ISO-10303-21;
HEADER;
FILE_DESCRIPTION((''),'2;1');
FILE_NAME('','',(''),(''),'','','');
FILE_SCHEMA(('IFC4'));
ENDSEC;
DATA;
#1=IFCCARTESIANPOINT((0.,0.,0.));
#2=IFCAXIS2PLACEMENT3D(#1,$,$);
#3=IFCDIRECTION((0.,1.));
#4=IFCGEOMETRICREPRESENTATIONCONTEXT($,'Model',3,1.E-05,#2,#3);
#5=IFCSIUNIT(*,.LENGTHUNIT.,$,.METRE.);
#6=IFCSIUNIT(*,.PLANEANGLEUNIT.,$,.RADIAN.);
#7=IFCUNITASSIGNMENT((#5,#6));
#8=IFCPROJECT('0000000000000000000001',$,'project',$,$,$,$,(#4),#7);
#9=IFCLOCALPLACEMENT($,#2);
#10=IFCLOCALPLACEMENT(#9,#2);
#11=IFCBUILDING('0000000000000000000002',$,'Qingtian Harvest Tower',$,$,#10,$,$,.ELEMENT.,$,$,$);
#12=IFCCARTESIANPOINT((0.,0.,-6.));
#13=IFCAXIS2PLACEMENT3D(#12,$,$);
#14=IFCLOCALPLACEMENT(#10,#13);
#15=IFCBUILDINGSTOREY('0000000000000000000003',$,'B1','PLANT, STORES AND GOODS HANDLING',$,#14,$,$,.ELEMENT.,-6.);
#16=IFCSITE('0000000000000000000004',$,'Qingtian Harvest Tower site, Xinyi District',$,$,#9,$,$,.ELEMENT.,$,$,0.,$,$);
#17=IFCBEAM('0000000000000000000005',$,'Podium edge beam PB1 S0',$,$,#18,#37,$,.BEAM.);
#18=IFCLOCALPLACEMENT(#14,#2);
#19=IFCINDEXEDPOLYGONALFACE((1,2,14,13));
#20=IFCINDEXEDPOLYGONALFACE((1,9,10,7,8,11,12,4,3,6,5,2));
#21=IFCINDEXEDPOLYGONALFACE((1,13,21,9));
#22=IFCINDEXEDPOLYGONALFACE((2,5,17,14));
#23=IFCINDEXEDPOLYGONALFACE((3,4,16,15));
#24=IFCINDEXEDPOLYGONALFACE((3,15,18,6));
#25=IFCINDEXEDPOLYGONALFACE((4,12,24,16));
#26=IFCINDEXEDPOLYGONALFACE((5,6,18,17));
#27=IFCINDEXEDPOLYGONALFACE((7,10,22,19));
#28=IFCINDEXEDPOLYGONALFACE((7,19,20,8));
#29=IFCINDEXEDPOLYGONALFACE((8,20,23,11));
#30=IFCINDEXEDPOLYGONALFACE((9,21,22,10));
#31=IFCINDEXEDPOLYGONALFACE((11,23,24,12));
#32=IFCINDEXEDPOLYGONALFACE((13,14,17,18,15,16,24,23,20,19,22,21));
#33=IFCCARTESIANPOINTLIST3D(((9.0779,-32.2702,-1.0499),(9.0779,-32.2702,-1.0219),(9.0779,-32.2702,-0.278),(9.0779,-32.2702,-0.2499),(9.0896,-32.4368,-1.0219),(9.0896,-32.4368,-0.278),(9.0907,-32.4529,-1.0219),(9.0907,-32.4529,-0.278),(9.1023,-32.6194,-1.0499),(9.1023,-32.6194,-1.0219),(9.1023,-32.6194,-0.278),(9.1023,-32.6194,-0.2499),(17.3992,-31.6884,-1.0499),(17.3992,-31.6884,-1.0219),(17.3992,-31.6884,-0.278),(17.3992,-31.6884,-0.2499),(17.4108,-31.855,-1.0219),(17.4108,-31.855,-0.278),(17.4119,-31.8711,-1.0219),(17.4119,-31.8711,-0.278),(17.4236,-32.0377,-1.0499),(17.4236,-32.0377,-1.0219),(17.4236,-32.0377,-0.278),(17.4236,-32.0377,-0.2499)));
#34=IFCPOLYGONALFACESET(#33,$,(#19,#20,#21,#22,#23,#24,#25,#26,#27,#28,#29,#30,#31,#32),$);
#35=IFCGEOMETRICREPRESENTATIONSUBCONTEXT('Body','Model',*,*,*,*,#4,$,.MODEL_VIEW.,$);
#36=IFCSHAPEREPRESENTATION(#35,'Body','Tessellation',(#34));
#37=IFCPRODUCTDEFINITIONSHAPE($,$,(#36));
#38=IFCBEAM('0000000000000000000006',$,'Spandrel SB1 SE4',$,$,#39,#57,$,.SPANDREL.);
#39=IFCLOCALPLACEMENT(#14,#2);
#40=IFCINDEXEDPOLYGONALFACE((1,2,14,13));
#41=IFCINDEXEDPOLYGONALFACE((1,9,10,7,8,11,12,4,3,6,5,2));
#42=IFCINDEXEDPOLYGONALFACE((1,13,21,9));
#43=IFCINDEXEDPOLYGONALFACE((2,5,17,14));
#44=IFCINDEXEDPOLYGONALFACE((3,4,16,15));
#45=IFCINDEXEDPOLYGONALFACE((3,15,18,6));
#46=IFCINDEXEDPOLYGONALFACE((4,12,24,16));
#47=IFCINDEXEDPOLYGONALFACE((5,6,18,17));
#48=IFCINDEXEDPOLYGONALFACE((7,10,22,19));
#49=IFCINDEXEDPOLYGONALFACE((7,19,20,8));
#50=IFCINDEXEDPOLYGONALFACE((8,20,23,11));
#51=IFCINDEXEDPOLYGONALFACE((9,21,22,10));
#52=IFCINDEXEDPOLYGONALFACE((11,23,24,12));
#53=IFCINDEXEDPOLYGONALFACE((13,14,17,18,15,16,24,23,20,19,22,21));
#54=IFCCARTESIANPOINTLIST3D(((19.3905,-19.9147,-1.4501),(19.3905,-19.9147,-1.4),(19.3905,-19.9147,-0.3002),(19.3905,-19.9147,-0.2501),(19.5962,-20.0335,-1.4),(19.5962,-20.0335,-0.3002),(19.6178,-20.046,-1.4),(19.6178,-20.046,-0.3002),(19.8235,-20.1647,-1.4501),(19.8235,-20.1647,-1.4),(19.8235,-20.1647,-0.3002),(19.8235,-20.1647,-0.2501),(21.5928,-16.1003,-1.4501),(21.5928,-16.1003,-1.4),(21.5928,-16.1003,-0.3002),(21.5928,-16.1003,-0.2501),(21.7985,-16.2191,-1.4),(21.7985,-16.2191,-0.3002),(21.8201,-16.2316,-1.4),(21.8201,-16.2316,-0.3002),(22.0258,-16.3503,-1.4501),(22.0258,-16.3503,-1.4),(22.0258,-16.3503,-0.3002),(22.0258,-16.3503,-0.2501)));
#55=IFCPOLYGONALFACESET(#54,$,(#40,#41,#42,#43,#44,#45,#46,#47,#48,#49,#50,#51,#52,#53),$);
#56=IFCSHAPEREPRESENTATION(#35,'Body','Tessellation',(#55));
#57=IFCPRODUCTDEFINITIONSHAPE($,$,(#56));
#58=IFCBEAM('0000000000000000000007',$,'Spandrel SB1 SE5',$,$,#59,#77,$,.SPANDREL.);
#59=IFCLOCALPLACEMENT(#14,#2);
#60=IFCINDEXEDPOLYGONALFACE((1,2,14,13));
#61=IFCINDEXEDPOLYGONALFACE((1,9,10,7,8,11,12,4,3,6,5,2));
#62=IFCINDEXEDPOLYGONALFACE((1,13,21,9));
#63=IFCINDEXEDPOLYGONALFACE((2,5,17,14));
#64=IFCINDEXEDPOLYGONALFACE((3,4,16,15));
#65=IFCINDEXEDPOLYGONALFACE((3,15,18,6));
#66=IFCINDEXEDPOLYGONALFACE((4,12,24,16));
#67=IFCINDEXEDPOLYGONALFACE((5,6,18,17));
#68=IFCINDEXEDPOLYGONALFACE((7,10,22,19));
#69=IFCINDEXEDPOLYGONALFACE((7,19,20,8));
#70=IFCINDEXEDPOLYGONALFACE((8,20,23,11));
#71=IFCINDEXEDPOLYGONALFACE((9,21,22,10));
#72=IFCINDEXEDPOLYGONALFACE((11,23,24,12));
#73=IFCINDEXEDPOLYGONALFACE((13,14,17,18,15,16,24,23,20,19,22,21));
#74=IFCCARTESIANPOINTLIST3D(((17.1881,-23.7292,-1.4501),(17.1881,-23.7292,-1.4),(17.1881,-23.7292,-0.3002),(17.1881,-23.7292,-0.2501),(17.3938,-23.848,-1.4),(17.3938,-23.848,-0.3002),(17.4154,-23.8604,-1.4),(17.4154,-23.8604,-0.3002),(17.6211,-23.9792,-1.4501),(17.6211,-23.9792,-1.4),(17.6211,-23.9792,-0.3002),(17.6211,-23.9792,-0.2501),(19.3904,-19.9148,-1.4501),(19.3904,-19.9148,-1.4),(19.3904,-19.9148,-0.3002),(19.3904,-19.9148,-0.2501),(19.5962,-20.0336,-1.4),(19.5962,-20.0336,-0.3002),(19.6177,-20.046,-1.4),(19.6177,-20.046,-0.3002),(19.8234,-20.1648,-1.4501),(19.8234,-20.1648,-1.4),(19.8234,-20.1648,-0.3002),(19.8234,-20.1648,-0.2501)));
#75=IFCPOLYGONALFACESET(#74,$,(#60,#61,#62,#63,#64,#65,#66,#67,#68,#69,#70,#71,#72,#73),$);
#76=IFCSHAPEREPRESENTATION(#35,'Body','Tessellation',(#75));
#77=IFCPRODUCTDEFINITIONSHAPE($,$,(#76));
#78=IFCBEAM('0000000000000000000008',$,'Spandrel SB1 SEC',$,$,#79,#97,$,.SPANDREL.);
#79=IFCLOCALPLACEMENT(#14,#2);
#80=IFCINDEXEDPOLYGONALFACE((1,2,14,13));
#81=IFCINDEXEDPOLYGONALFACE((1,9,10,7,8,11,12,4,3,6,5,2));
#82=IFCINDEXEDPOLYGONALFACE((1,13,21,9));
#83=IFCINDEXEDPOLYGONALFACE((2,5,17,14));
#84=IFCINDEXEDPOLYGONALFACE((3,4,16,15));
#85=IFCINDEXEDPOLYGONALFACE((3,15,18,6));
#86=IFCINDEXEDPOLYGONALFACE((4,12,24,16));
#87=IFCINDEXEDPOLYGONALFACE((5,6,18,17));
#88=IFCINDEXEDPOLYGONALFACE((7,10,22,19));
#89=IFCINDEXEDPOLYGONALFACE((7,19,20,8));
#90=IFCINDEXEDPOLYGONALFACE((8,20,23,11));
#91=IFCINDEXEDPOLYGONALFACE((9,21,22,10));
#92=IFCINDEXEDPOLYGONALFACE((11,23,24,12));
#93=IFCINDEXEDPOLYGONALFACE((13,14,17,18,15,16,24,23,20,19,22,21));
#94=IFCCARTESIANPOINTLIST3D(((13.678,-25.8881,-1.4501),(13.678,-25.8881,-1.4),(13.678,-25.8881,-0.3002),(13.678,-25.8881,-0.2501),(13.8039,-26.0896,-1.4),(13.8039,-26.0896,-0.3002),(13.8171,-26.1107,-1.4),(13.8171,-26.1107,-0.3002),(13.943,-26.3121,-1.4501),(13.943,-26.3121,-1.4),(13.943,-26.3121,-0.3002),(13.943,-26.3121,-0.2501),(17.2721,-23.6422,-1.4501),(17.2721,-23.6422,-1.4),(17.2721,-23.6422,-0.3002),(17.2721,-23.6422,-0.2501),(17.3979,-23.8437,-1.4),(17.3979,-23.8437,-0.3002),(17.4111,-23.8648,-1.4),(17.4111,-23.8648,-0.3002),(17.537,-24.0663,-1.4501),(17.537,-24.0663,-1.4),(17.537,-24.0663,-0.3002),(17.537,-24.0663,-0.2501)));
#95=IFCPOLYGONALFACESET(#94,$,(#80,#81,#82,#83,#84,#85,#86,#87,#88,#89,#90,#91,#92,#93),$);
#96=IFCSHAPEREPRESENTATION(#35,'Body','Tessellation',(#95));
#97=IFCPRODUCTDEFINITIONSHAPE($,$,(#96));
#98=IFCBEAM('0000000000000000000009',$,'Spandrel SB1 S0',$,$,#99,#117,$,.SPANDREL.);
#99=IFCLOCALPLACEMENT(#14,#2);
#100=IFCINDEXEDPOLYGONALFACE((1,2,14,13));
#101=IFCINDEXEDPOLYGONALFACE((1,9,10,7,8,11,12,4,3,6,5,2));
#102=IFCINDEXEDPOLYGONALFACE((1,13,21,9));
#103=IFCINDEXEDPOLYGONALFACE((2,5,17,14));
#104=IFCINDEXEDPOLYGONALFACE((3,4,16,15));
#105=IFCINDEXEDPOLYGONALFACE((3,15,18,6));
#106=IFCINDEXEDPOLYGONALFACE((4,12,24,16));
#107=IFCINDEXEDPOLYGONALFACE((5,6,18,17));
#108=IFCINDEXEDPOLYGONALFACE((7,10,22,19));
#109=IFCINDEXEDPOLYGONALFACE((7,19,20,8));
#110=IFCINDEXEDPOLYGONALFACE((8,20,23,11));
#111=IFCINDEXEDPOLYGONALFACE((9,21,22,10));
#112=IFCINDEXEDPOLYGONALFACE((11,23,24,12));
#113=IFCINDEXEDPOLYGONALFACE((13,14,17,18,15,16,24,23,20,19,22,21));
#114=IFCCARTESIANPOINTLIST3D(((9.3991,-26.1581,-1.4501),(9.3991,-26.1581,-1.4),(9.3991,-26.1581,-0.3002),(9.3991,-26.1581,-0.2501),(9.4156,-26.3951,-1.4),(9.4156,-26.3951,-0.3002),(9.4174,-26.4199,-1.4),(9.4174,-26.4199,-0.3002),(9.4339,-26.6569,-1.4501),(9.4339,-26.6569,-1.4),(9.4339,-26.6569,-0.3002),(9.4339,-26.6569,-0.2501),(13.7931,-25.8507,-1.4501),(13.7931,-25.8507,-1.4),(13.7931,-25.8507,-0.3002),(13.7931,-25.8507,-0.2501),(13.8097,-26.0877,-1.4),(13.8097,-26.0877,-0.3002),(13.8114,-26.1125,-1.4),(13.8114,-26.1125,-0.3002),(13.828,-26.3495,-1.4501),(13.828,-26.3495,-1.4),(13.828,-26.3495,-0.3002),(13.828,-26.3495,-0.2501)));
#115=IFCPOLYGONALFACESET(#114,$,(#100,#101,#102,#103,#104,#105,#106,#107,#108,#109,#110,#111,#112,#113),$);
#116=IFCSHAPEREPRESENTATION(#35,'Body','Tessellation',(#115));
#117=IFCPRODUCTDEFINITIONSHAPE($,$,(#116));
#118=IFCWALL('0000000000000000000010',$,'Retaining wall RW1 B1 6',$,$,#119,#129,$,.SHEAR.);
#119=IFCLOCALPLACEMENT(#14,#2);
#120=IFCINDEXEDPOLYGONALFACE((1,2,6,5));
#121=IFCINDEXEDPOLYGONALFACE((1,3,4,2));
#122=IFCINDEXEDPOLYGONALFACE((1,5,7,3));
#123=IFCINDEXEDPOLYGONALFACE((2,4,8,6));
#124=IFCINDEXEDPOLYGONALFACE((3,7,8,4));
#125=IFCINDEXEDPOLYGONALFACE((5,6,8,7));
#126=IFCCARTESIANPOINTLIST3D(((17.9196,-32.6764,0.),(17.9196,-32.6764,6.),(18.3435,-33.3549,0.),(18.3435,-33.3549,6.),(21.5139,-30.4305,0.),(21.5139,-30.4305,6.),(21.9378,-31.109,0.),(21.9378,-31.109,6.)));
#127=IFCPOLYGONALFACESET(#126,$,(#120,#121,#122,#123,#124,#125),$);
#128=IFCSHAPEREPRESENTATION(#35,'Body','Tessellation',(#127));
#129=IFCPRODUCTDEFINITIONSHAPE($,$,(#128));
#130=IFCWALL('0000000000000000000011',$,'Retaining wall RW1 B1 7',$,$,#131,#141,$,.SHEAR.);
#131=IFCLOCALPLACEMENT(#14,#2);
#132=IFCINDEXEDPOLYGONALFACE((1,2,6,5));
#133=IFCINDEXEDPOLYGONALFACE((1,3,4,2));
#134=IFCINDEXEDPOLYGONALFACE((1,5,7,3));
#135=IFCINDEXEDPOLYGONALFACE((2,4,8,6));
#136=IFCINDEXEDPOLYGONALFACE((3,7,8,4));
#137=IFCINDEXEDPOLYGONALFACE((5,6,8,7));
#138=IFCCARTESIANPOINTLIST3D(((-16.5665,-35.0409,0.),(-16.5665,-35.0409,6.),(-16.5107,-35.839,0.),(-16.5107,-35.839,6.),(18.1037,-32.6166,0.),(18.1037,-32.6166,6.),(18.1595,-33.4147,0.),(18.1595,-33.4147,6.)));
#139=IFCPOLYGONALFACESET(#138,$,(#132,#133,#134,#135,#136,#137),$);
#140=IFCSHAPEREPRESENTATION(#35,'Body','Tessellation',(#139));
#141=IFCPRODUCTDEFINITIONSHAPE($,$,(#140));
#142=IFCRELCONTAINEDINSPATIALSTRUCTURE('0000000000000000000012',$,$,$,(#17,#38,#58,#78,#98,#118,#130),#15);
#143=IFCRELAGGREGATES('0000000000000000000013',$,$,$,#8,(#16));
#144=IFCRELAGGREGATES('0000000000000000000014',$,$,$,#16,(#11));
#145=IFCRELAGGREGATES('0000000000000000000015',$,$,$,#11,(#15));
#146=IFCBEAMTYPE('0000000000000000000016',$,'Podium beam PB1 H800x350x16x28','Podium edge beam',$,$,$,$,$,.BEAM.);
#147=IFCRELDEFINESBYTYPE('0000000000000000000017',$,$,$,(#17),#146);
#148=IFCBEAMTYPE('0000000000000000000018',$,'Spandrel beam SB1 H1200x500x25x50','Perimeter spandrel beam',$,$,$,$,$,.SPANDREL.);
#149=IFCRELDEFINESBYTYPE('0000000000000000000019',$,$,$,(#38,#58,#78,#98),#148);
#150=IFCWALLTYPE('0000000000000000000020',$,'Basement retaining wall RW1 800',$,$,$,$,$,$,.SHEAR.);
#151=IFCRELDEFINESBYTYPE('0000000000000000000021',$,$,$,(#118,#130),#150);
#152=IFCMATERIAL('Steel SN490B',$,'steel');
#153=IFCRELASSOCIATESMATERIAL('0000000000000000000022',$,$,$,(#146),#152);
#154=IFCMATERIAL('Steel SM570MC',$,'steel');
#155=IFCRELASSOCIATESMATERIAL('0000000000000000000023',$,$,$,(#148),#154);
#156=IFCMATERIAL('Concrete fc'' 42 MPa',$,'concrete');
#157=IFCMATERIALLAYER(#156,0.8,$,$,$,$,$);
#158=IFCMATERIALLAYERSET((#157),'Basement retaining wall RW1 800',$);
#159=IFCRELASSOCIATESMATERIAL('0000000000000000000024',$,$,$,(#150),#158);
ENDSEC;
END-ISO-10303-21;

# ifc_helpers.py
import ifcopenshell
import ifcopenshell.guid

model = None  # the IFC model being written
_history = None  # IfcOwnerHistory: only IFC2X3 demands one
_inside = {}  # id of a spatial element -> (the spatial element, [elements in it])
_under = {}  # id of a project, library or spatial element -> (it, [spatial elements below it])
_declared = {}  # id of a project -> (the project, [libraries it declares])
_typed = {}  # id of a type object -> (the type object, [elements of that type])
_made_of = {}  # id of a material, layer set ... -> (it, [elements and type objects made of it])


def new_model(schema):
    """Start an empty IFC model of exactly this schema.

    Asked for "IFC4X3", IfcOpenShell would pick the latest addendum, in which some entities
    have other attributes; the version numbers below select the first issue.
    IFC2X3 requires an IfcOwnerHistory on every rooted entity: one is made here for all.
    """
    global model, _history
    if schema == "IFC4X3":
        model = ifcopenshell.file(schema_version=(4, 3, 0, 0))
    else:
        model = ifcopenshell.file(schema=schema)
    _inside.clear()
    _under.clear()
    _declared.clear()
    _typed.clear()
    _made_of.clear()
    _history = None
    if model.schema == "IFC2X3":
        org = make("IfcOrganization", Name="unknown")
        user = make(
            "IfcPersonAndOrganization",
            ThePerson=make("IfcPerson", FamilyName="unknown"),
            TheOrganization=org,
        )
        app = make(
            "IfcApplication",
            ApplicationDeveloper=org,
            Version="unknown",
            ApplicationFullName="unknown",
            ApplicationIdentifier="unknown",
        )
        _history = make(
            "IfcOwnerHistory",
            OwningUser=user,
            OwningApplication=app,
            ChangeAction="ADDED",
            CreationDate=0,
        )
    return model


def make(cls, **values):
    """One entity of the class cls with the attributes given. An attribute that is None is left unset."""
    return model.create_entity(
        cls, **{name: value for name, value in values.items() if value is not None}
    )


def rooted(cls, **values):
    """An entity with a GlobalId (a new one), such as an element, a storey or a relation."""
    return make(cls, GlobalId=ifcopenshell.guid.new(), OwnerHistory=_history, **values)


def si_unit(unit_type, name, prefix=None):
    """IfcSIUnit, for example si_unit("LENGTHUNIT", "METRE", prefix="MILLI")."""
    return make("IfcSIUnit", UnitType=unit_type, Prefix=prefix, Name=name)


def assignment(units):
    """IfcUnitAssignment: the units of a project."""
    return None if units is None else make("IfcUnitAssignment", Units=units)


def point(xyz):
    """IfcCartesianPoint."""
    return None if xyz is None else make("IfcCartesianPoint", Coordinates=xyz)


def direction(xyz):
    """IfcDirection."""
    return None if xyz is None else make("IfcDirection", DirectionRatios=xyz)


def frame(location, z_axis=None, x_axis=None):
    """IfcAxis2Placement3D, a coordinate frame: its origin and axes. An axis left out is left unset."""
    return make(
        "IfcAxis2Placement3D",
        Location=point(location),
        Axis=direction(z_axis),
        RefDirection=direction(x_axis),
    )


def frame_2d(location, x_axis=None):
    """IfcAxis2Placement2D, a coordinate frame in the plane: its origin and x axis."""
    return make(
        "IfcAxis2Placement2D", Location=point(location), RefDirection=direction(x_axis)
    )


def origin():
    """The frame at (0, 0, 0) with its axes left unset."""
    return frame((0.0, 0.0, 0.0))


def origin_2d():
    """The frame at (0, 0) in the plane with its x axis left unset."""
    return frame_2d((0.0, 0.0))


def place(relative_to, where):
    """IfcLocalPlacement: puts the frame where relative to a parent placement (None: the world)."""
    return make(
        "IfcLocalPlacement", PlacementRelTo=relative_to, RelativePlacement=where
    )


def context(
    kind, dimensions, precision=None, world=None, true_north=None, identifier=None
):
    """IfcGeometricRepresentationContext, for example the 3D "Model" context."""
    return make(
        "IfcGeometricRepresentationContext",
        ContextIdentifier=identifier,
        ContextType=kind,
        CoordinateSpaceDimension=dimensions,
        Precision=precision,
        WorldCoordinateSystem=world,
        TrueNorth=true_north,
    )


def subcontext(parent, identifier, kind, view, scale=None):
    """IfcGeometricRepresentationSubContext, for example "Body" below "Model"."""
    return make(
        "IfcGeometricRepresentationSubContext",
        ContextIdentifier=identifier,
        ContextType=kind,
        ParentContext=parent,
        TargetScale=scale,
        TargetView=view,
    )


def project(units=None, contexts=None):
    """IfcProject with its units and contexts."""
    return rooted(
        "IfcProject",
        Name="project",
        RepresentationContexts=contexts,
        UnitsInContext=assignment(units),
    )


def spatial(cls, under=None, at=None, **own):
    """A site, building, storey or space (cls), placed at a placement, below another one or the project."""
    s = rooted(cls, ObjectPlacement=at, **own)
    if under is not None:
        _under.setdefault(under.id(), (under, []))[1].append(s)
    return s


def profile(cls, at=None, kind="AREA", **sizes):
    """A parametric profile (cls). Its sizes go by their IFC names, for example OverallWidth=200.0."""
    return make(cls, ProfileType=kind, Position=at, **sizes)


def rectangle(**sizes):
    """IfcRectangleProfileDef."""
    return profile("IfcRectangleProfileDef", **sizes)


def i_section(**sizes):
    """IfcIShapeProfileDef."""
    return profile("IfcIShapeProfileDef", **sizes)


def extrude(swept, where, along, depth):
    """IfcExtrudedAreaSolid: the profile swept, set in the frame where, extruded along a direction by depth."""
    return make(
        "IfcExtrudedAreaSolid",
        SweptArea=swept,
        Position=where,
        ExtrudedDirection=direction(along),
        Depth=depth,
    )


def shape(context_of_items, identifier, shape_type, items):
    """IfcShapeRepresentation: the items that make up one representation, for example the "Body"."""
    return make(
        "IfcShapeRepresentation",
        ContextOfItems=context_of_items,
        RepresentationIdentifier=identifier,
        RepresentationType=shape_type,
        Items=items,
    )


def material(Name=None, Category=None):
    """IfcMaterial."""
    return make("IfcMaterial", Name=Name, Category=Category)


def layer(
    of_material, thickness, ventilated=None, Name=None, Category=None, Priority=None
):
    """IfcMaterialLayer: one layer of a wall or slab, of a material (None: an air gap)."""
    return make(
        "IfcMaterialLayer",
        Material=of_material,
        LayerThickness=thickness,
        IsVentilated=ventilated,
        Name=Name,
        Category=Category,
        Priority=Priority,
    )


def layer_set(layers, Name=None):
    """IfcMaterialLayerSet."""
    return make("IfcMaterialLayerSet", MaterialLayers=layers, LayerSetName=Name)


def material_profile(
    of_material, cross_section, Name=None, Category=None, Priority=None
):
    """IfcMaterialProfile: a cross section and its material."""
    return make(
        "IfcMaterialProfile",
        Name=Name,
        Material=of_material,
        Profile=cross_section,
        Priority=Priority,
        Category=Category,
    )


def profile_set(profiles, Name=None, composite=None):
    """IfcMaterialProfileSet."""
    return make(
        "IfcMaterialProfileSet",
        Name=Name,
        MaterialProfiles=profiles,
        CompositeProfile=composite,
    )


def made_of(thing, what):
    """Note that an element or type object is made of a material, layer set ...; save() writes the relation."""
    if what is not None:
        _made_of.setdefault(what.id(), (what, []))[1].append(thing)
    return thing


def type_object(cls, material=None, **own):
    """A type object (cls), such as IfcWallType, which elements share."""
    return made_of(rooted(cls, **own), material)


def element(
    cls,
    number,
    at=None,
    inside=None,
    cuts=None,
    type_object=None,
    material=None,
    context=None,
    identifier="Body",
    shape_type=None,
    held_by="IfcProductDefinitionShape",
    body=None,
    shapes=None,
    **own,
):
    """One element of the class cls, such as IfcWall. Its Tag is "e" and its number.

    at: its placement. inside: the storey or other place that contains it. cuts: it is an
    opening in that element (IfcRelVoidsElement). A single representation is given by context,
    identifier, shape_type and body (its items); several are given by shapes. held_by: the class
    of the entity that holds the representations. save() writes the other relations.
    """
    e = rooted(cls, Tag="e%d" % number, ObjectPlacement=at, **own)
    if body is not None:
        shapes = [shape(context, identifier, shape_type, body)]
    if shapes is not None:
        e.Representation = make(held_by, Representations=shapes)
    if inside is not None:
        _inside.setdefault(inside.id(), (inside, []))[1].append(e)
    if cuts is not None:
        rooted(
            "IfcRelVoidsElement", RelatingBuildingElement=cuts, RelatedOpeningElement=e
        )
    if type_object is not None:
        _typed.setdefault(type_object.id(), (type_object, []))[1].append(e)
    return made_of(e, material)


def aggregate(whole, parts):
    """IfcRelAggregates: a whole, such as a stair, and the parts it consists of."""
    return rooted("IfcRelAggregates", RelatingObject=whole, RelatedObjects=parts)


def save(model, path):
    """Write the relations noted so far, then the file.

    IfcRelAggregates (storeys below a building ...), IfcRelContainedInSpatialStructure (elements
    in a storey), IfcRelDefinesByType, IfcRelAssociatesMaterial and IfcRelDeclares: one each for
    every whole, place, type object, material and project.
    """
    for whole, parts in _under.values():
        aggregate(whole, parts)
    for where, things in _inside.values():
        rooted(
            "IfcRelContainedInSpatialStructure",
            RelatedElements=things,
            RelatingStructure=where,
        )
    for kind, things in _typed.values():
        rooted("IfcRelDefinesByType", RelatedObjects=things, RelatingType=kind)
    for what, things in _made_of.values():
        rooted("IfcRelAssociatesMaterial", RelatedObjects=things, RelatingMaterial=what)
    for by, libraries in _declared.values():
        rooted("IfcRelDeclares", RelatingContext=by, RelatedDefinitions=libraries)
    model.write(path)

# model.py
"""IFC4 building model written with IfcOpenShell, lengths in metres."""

from ifc_helpers import new_model, si_unit, direction, frame, frame_2d, origin, origin_2d, place, context, subcontext, project, spatial, rectangle, i_section, extrude, material, layer, layer_set, material_profile, profile_set, type_object, element, save


model = new_model("IFC4")

# Units and contexts
model_context = context("Model", 3, precision=1e-05, world=origin(), true_north=direction((0.0, 1.0)))
body_context = subcontext(model_context, "Body", "Model", "MODEL_VIEW")
ifc_project = project(units=[si_unit("LENGTHUNIT", "METRE"), si_unit("PLANEANGLEUNIT", "RADIAN")], contexts=[model_context])

# Site, building, storey
site_placement = place(None, origin())
site = spatial("IfcSite", under=ifc_project, at=site_placement, Name="Qingtian Harvest Tower site, Xinyi District", CompositionType="ELEMENT", RefElevation=0.0)
building_placement = place(site_placement, origin())
building = spatial("IfcBuilding", under=site, at=building_placement, Name="Qingtian Harvest Tower", CompositionType="ELEMENT")
storey_placement = place(building_placement, frame((0.0, 0.0, -6.0)))
storey = spatial("IfcBuildingStorey", under=building, at=storey_placement, Name="B1", Description="PLANT, STORES AND GOODS HANDLING", CompositionType="ELEMENT", Elevation=-6.0)

# Beams
ifc_material_1 = material(Name="Steel SN490B", Category="steel")
ifc_material_profile_1 = material_profile(ifc_material_1, i_section(OverallWidth=0.3501, OverallDepth=0.8, WebThickness=0.0161, FlangeThickness=0.0281, at=origin_2d()), Name="H800x350x16x28")
ifc_profile_set_1 = profile_set([ifc_material_profile_1], Name="Steel SN490B")
beam_type_1 = type_object("IfcBeamType", Name="Podium beam PB1 H800x350x16x28", Description="Podium edge beam", PredefinedType="BEAM", material=ifc_profile_set_1)
beam_1_placement = place(storey_placement, frame((17.4114, -31.863, -0.6499), z_axis=(-0.997565, -0.069745, 0.0), x_axis=(0.069745, -0.997565, 0.0)))
element("IfcBeam", 1, at=beam_1_placement, inside=storey, type_object=beam_type_1, Name="Podium edge beam PB1 S0", PredefinedType="BEAM", context=body_context, shape_type="SweptSolid", body=[
    extrude(i_section(OverallWidth=0.3501, OverallDepth=0.8, WebThickness=0.0161, FlangeThickness=0.0281, at=origin_2d()), origin(), (0.0, 0.0, 1.0), 8.3416),
])
ifc_material_2 = material(Name="Steel SM570MC", Category="steel")
ifc_material_profile_2 = material_profile(ifc_material_2, i_section(OverallWidth=0.5, OverallDepth=1.2, WebThickness=0.0249, FlangeThickness=0.05, at=origin_2d()), Name="H1200x500x25x50")
ifc_profile_set_2 = profile_set([ifc_material_profile_2], Name="Steel SM570MC")
beam_type_2 = type_object("IfcBeamType", Name="Spandrel beam SB1 H1200x500x25x50", Description="Perimeter spandrel beam", PredefinedType="SPANDREL", material=ifc_profile_set_2)
for number, where, z_axis, x_axis, name in (
    (2, (21.8093, -16.2253, -0.8501), (-0.50002, -0.866014, 0.0), (0.866014, -0.50002, 0.0), "Spandrel SB1 SE4"),
    (3, (19.6069, -20.0398, -0.8501), (-0.50002, -0.866014, 0.0), (0.866014, -0.50002, 0.0), "Spandrel SB1 SE5"),
):
    element("IfcBeam", number, at=place(storey_placement, frame(where, z_axis=z_axis, x_axis=x_axis)), inside=storey, type_object=beam_type_2, Name=name, PredefinedType="SPANDREL", context=body_context, shape_type="SweptSolid", body=[
        extrude(i_section(OverallWidth=0.5, OverallDepth=1.2, WebThickness=0.0249, FlangeThickness=0.05, at=origin_2d()), origin(), (0.0, 0.0, 1.0), 4.4045),
    ])
beam_2_placement = place(storey_placement, frame((17.4045, -23.8542, -0.8501), z_axis=(-0.84804, -0.529932, 0.0), x_axis=(0.529932, -0.84804, 0.0)))
element("IfcBeam", 4, at=beam_2_placement, inside=storey, type_object=beam_type_2, Name="Spandrel SB1 SEC", PredefinedType="SPANDREL", context=body_context, shape_type="SweptSolid", body=[
    extrude(i_section(OverallWidth=0.5, OverallDepth=1.2, WebThickness=0.0249, FlangeThickness=0.05, at=origin_2d()), origin(), (0.0, 0.0, 1.0), 4.238),
])
beam_3_placement = place(storey_placement, frame((13.8105, -26.1001, -0.8501), z_axis=(-0.997562, -0.069782, 0.0), x_axis=(0.069782, -0.997562, 0.0)))
element("IfcBeam", 5, at=beam_3_placement, inside=storey, type_object=beam_type_2, Name="Spandrel SB1 S0", PredefinedType="SPANDREL", context=body_context, shape_type="SweptSolid", body=[
    extrude(i_section(OverallWidth=0.5, OverallDepth=1.2, WebThickness=0.0249, FlangeThickness=0.05, at=origin_2d()), origin(), (0.0, 0.0, 1.0), 4.4048),
])

# Walls
ifc_material_3 = material(Name="Concrete fc' 42 MPa", Category="concrete")
ifc_layer = layer(ifc_material_3, 0.8)
ifc_layer_set = layer_set([ifc_layer], Name="Basement retaining wall RW1 800")
wall_type = type_object("IfcWallType", Name="Basement retaining wall RW1 800", PredefinedType="SHEAR", material=ifc_layer_set)
wall_1_placement = place(storey_placement, frame((21.7258, -30.7698, 0.0), z_axis=(0.0, 0.0, 1.0), x_axis=(-0.848057, -0.529906, 0.0)))
element("IfcWall", 6, at=wall_1_placement, inside=storey, type_object=wall_type, Name="Retaining wall RW1 B1 6", PredefinedType="SHEAR", context=body_context, shape_type="SweptSolid", body=[
    extrude(rectangle(XDim=4.2383, YDim=0.8, at=frame_2d((2.1191, 0.0))), origin(), (0.0, 0.0, 1.0), 6.0),
])
wall_2_placement = place(storey_placement, frame((18.1316, -33.0156, 0.0), z_axis=(0.0, 0.0, 1.0), x_axis=(-0.997564, -0.069755, 0.0)))
element("IfcWall", 7, at=wall_2_placement, inside=storey, type_object=wall_type, Name="Retaining wall RW1 B1 7", PredefinedType="SHEAR", context=body_context, shape_type="SweptSolid", body=[
    extrude(rectangle(XDim=34.7549, YDim=0.8, at=frame_2d((17.3774, 0.0))), origin(), (0.0, 0.0, 1.0), 6.0),
])

save(model, "model.ifc")
